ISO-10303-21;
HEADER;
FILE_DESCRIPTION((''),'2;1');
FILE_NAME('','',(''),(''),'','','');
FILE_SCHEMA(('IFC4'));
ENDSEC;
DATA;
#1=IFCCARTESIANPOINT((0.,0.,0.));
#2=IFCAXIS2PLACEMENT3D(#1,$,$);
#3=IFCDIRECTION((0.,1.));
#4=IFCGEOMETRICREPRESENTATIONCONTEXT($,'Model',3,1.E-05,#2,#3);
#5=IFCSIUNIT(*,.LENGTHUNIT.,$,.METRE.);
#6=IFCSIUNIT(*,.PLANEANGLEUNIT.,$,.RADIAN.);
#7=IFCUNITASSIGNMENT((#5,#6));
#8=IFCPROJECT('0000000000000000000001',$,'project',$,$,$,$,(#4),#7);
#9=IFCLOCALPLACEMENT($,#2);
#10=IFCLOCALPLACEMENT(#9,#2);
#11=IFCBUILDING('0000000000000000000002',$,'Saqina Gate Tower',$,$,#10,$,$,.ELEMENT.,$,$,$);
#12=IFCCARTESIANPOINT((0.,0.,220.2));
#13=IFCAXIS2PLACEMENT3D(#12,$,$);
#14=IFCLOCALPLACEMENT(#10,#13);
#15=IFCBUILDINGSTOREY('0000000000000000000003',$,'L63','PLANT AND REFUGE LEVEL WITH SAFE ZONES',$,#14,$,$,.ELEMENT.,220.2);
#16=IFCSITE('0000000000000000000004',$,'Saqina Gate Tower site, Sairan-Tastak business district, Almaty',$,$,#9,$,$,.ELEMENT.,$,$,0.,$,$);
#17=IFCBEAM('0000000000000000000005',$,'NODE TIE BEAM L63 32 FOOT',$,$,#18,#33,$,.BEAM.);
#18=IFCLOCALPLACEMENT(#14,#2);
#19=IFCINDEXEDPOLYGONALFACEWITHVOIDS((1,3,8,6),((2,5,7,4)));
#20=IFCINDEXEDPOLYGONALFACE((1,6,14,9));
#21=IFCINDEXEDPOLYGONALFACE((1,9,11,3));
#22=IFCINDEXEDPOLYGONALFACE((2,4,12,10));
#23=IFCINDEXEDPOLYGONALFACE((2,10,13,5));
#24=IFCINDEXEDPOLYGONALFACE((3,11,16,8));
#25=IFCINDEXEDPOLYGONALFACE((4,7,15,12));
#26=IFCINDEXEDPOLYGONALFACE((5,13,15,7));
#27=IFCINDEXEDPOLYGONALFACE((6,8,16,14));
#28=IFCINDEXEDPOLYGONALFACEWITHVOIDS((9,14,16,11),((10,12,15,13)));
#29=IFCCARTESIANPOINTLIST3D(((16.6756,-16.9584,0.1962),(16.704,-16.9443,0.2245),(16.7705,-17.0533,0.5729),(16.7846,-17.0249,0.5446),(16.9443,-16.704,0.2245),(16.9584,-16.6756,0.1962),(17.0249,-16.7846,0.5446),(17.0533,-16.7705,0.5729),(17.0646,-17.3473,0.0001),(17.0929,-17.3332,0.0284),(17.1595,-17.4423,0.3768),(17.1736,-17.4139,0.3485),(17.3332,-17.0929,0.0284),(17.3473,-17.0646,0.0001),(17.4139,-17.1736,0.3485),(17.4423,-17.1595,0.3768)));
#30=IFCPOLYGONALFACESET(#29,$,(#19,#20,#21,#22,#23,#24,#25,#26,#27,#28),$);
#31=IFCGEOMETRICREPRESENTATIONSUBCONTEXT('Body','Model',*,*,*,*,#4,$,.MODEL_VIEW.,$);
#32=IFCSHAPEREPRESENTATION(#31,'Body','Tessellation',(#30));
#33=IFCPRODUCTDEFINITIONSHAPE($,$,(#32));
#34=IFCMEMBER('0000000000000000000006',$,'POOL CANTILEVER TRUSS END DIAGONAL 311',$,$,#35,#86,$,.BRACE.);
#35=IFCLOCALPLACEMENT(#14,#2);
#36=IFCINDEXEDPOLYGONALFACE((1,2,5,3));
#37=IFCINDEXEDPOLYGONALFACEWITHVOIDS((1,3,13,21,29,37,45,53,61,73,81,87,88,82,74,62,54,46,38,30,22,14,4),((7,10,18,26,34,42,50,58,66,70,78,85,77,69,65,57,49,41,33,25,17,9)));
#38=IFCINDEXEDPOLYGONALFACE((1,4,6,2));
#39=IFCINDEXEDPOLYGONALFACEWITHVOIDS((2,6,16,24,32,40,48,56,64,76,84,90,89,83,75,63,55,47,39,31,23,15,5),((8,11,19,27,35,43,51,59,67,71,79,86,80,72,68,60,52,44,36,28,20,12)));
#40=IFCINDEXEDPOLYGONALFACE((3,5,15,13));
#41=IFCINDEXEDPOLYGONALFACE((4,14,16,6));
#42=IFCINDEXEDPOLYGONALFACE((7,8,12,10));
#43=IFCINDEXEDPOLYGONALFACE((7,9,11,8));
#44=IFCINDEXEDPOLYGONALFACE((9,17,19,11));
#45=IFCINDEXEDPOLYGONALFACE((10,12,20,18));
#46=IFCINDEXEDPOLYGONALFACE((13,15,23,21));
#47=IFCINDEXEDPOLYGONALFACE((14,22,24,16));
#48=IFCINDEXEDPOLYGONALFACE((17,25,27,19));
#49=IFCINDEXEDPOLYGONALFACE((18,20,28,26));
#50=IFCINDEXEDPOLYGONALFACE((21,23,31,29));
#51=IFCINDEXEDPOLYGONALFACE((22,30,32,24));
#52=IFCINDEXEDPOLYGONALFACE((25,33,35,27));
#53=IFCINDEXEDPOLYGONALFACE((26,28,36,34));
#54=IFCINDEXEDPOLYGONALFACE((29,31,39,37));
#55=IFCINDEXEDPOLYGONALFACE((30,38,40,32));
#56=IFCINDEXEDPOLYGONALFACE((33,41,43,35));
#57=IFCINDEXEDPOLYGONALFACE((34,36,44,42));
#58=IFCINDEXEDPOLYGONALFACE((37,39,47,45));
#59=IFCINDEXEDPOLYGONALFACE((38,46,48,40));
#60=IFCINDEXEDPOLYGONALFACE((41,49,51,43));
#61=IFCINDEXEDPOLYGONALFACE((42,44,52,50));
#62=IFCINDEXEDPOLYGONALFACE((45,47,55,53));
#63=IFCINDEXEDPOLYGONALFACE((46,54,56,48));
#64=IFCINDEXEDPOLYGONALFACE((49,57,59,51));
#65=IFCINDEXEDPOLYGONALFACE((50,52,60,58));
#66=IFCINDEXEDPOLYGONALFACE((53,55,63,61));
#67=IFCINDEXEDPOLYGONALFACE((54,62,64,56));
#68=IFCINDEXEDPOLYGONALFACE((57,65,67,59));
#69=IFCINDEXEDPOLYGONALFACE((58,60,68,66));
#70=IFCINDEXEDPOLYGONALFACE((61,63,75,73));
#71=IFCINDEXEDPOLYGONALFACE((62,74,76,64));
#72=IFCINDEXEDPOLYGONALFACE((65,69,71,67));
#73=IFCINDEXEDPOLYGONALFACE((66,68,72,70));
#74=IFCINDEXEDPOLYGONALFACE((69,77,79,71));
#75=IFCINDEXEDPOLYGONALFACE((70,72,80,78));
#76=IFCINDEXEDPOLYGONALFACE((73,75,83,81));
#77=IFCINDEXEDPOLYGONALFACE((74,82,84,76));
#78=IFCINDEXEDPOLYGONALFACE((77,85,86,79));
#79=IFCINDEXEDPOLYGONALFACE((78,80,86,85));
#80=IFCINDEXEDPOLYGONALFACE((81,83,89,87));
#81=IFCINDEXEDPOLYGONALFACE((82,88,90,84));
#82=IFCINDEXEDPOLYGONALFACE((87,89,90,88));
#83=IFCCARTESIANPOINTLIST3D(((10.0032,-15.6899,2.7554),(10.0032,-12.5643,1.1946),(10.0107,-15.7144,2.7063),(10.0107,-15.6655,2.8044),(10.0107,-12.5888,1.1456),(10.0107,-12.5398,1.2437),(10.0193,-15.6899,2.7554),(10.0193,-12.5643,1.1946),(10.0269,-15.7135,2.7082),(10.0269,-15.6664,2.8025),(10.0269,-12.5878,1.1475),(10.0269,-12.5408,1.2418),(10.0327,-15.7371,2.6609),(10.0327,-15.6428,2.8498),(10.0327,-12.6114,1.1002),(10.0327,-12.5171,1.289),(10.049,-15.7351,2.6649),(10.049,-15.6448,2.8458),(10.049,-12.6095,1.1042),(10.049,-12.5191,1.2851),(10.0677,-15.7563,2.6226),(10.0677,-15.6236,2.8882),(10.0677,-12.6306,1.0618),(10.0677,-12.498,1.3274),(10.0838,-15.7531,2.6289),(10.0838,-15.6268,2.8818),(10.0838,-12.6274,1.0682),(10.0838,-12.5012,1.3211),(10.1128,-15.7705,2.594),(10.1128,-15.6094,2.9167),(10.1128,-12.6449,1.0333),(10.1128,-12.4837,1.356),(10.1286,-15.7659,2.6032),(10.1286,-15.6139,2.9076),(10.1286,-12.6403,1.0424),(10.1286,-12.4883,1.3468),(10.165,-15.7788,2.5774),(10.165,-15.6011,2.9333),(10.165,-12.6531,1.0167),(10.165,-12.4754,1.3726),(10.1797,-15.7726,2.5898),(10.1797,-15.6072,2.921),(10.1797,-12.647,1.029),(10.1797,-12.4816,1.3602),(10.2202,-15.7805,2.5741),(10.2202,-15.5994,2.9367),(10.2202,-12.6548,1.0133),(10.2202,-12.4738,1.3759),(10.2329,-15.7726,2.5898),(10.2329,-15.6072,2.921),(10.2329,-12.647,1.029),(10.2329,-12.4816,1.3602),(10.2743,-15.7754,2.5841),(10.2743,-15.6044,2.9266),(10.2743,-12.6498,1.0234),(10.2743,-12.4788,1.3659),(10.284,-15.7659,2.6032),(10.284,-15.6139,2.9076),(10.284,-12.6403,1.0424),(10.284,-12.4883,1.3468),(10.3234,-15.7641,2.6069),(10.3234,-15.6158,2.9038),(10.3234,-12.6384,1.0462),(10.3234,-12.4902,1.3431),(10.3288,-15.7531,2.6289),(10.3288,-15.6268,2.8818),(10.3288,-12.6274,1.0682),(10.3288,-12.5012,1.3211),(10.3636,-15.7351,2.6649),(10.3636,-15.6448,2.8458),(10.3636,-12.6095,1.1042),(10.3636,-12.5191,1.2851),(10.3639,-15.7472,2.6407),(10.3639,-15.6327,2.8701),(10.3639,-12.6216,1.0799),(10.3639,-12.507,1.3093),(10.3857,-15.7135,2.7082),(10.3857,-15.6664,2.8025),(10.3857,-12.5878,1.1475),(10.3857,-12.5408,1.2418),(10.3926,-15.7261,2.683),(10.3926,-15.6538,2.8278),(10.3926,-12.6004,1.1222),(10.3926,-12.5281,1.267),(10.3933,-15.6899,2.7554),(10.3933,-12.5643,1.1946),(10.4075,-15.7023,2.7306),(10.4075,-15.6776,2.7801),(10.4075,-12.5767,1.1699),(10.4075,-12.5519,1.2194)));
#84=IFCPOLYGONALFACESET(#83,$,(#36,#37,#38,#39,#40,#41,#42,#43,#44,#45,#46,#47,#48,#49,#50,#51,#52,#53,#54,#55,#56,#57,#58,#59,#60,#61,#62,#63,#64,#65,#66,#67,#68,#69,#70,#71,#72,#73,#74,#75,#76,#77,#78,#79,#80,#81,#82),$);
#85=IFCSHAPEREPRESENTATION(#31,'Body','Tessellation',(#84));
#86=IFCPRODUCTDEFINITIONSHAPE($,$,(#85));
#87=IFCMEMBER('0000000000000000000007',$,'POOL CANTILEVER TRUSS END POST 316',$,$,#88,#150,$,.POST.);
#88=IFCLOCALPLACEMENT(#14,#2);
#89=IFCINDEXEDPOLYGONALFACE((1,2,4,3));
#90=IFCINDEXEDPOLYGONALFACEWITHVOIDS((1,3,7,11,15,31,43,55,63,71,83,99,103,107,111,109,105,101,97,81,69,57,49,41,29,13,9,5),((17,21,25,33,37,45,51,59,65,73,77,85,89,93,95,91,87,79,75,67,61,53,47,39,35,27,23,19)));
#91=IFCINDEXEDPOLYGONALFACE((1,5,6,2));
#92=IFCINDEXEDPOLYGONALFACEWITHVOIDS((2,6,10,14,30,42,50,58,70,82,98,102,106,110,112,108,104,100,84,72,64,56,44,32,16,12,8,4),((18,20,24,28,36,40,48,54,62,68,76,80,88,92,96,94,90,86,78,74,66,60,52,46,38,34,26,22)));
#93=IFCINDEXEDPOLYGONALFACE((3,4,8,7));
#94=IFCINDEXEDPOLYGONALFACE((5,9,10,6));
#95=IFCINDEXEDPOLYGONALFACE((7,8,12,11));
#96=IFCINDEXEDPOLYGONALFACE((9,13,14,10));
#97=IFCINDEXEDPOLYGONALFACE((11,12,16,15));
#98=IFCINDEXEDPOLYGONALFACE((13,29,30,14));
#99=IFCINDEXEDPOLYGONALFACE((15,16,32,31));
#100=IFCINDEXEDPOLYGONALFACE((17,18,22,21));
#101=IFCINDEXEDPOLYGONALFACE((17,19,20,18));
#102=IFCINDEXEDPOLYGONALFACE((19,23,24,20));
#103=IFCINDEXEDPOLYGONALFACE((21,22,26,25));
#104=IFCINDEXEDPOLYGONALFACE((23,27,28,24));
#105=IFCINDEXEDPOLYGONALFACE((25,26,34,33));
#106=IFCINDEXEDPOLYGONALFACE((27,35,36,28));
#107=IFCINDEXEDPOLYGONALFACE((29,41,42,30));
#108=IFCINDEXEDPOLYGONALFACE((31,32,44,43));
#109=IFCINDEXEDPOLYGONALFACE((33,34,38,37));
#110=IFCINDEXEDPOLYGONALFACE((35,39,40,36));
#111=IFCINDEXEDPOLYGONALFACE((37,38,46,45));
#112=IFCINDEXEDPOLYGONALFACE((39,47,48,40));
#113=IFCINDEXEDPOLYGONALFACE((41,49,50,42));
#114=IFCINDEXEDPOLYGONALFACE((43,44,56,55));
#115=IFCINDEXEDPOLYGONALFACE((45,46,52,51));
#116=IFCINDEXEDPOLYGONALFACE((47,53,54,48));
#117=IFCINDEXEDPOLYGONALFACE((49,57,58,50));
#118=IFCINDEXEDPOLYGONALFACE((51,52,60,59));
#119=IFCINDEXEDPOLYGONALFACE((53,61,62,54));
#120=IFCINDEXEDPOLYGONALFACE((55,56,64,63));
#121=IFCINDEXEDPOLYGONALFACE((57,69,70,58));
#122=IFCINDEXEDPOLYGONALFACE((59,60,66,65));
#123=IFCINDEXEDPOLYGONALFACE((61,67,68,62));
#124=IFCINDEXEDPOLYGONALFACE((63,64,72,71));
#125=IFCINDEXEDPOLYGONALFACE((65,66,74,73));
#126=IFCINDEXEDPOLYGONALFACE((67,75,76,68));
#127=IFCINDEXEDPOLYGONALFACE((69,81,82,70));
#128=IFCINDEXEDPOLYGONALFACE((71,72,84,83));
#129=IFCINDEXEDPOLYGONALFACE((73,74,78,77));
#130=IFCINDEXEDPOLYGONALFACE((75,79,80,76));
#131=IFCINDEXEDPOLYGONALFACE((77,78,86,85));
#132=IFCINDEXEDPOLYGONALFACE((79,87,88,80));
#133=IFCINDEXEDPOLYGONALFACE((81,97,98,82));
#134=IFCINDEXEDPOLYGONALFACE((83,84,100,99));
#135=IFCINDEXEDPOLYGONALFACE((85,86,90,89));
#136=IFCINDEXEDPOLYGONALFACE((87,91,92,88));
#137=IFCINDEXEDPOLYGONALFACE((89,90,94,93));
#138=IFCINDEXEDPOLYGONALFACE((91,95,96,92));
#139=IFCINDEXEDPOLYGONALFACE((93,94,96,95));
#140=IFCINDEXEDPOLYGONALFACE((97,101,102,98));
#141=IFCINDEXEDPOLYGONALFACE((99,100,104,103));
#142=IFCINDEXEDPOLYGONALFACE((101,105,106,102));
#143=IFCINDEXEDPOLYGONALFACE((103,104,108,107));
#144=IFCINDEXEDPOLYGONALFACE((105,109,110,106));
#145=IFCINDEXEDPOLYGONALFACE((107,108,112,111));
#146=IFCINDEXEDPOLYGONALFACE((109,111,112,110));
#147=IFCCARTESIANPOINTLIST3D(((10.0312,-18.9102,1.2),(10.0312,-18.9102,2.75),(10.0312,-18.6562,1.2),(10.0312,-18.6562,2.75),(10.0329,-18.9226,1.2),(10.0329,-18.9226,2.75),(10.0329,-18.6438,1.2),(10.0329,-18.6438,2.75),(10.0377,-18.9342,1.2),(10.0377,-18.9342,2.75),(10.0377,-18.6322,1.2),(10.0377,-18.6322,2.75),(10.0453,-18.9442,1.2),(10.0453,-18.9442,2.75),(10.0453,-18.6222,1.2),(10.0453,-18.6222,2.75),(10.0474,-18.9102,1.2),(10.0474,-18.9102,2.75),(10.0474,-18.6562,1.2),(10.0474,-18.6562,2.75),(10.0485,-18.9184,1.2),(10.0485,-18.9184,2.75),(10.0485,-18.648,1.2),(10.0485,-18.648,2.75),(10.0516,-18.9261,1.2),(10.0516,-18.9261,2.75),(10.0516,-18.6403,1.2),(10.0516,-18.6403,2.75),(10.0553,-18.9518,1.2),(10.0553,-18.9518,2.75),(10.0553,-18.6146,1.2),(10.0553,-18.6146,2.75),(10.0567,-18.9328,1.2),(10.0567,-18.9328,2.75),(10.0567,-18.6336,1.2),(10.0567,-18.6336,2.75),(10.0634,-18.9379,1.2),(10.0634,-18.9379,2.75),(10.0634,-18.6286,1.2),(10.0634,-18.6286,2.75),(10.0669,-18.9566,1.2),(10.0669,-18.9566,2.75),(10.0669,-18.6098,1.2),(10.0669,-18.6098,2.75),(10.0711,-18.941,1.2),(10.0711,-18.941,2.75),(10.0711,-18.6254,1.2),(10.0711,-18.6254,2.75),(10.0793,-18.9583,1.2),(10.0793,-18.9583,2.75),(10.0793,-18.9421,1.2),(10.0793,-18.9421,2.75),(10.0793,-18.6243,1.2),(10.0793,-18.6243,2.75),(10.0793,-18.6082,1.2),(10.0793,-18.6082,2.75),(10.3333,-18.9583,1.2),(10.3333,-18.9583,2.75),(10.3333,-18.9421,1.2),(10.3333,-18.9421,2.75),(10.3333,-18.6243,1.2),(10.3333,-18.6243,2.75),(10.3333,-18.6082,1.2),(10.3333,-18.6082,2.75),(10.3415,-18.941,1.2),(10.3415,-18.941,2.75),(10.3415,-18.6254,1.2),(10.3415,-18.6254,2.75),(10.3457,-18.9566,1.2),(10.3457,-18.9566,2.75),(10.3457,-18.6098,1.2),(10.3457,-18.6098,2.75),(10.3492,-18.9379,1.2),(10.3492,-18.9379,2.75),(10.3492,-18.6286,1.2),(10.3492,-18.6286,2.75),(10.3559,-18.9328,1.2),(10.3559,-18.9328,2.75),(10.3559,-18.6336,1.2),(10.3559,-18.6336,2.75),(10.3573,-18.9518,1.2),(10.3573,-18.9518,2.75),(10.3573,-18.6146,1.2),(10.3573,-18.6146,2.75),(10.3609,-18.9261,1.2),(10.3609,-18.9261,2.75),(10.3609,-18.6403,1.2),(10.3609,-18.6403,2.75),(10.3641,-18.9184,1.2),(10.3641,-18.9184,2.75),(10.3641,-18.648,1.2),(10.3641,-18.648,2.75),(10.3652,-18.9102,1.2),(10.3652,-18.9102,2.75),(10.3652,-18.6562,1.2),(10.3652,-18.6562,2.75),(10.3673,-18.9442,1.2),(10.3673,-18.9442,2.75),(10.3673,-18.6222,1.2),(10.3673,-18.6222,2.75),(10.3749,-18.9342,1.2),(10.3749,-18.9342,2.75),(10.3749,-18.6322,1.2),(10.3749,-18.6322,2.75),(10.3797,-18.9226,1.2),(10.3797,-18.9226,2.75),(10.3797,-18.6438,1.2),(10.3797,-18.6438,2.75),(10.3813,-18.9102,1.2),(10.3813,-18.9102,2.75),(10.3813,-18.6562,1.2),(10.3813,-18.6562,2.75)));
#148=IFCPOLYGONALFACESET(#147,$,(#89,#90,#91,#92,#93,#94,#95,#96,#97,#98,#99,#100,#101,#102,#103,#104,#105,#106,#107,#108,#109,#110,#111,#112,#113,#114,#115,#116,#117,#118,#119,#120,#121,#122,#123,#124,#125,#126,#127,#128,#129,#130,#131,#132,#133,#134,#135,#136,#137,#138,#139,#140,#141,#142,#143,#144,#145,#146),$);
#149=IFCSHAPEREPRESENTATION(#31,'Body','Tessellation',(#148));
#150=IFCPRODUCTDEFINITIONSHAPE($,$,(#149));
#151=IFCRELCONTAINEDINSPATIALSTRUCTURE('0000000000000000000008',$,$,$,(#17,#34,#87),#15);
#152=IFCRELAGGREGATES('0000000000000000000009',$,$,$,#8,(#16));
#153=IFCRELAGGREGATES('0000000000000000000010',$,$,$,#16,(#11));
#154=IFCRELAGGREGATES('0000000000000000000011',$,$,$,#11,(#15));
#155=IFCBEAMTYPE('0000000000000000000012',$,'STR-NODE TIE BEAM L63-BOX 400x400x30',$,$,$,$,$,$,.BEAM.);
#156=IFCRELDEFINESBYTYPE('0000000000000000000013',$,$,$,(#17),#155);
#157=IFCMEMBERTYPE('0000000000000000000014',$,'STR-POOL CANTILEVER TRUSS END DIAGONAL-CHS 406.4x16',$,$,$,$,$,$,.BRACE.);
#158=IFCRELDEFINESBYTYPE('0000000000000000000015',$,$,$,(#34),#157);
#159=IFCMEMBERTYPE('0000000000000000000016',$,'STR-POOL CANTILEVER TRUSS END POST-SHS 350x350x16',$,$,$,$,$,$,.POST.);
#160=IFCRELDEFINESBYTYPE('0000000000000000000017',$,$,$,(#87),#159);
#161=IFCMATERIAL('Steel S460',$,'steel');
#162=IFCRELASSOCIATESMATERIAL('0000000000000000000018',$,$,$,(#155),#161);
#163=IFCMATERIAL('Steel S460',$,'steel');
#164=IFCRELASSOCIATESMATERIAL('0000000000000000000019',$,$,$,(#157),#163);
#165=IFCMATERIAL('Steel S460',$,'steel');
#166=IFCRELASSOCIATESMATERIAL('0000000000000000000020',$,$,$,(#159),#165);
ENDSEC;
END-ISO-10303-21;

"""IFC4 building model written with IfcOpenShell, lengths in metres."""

from ifc_helpers import new_model, si_unit, direction, frame, origin, origin_2d, place, context, subcontext, project, spatial, hollow_rectangle, hollow_circle, extrude, material, material_profile, profile_set, type_object, element, save


model = new_model("IFC4")

# Units and contexts
model_context = context("Model", 3, precision=1e-05, world=origin(), true_north=direction((0.0, 1.0)))
body_context = subcontext(model_context, "Body", "Model", "MODEL_VIEW")
ifc_project = project(units=[si_unit("LENGTHUNIT", "METRE"), si_unit("PLANEANGLEUNIT", "RADIAN")], contexts=[model_context])

# Site, building, storey
site_placement = place(None, origin())
site = spatial("IfcSite", under=ifc_project, at=site_placement, Name="Saqina Gate Tower site, Sairan-Tastak business district, Almaty", CompositionType="ELEMENT", RefElevation=0.0)
building_placement = place(site_placement, origin())
building = spatial("IfcBuilding", under=site, at=building_placement, Name="Saqina Gate Tower", CompositionType="ELEMENT")
storey_placement = place(building_placement, frame((0.0, 0.0, 220.2)))
storey = spatial("IfcBuildingStorey", under=building, at=storey_placement, Name="L63", Description="PLANT AND REFUGE LEVEL WITH SAFE ZONES", CompositionType="ELEMENT", Elevation=220.2)

# Beam
ifc_material_1 = material(Name="Steel S460", Category="steel")
ifc_material_profile_1 = material_profile(ifc_material_1, hollow_rectangle(XDim=0.3999, YDim=0.3999, WallThickness=0.03, at=origin_2d()), Name="BOX 400x400x30")
ifc_profile_set_1 = profile_set([ifc_material_profile_1], Name="Steel S460")
beam_type = type_object("IfcBeamType", Name="STR-NODE TIE BEAM L63-BOX 400x400x30", PredefinedType="BEAM", material=ifc_profile_set_1)
beam_placement = place(storey_placement, frame((17.2534, -17.2534, 0.1885), z_axis=(-0.666061, 0.666061, 0.335748), x_axis=(-0.707107, -0.707107, 0.0)))
element("IfcBeam", 1, at=beam_placement, inside=storey, type_object=beam_type, Name="NODE TIE BEAM L63 32 FOOT", PredefinedType="BEAM", context=body_context, shape_type="SweptSolid", body=[
    extrude(hollow_rectangle(XDim=0.3999, YDim=0.3999, WallThickness=0.03, at=origin_2d()), origin(), (0.0, 0.0, 1.0), 0.584),
])

# Members
ifc_material_2 = material(Name="Steel S460", Category="steel")
ifc_material_profile_2 = material_profile(ifc_material_2, hollow_circle(Radius=0.2031, WallThickness=0.0161, at=origin_2d()), Name="CHS 406.4x16")
ifc_profile_set_2 = profile_set([ifc_material_profile_2], Name="Steel S460")
member_type_1 = type_object("IfcMemberType", Name="STR-POOL CANTILEVER TRUSS END DIAGONAL-CHS 406.4x16", PredefinedType="BRACE", material=ifc_profile_set_2)
member_placement = place(storey_placement, frame((10.2063, -15.6899, 2.7554), z_axis=(0.0, 0.894665, -0.446738), x_axis=(-1.0, 0.0, 0.0)))
element("IfcMember", 2, at=member_placement, inside=storey, type_object=member_type_1, Name="POOL CANTILEVER TRUSS END DIAGONAL 311", PredefinedType="BRACE", context=body_context, shape_type="SweptSolid", body=[
    extrude(hollow_circle(Radius=0.2031, WallThickness=0.0161, at=origin_2d()), origin(), (0.0, 0.0, 1.0), 3.4937),
])
ifc_material_3 = material(Name="Steel S460", Category="steel")
ifc_material_profile_3 = material_profile(ifc_material_3, hollow_rectangle(XDim=0.3501, YDim=0.3501, WallThickness=0.0161, InnerFilletRadius=0.032, OuterFilletRadius=0.0481, at=origin_2d()), Name="SHS 350x350x16")
ifc_profile_set_3 = profile_set([ifc_material_profile_3], Name="Steel S460")
member_type_2 = type_object("IfcMemberType", Name="STR-POOL CANTILEVER TRUSS END POST-SHS 350x350x16", PredefinedType="POST", material=ifc_profile_set_3)
for number, where, z_axis, x_axis, name in (
    (3, (10.2063, -18.7832, 1.2), (0.0, 0.0, 1.0), (1.0, 0.0, 0.0), "POOL CANTILEVER TRUSS END POST 316"),
):
    element("IfcMember", number, at=place(storey_placement, frame(where, z_axis=z_axis, x_axis=x_axis)), inside=storey, type_object=member_type_2, Name=name, PredefinedType="POST", context=body_context, shape_type="SweptSolid", body=[
        extrude(hollow_rectangle(XDim=0.3501, YDim=0.3501, WallThickness=0.0161, InnerFilletRadius=0.032, OuterFilletRadius=0.0481, at=origin_2d()), origin(), (0.0, 0.0, 1.0), 1.55),
    ])

save(model, "model.ifc")
